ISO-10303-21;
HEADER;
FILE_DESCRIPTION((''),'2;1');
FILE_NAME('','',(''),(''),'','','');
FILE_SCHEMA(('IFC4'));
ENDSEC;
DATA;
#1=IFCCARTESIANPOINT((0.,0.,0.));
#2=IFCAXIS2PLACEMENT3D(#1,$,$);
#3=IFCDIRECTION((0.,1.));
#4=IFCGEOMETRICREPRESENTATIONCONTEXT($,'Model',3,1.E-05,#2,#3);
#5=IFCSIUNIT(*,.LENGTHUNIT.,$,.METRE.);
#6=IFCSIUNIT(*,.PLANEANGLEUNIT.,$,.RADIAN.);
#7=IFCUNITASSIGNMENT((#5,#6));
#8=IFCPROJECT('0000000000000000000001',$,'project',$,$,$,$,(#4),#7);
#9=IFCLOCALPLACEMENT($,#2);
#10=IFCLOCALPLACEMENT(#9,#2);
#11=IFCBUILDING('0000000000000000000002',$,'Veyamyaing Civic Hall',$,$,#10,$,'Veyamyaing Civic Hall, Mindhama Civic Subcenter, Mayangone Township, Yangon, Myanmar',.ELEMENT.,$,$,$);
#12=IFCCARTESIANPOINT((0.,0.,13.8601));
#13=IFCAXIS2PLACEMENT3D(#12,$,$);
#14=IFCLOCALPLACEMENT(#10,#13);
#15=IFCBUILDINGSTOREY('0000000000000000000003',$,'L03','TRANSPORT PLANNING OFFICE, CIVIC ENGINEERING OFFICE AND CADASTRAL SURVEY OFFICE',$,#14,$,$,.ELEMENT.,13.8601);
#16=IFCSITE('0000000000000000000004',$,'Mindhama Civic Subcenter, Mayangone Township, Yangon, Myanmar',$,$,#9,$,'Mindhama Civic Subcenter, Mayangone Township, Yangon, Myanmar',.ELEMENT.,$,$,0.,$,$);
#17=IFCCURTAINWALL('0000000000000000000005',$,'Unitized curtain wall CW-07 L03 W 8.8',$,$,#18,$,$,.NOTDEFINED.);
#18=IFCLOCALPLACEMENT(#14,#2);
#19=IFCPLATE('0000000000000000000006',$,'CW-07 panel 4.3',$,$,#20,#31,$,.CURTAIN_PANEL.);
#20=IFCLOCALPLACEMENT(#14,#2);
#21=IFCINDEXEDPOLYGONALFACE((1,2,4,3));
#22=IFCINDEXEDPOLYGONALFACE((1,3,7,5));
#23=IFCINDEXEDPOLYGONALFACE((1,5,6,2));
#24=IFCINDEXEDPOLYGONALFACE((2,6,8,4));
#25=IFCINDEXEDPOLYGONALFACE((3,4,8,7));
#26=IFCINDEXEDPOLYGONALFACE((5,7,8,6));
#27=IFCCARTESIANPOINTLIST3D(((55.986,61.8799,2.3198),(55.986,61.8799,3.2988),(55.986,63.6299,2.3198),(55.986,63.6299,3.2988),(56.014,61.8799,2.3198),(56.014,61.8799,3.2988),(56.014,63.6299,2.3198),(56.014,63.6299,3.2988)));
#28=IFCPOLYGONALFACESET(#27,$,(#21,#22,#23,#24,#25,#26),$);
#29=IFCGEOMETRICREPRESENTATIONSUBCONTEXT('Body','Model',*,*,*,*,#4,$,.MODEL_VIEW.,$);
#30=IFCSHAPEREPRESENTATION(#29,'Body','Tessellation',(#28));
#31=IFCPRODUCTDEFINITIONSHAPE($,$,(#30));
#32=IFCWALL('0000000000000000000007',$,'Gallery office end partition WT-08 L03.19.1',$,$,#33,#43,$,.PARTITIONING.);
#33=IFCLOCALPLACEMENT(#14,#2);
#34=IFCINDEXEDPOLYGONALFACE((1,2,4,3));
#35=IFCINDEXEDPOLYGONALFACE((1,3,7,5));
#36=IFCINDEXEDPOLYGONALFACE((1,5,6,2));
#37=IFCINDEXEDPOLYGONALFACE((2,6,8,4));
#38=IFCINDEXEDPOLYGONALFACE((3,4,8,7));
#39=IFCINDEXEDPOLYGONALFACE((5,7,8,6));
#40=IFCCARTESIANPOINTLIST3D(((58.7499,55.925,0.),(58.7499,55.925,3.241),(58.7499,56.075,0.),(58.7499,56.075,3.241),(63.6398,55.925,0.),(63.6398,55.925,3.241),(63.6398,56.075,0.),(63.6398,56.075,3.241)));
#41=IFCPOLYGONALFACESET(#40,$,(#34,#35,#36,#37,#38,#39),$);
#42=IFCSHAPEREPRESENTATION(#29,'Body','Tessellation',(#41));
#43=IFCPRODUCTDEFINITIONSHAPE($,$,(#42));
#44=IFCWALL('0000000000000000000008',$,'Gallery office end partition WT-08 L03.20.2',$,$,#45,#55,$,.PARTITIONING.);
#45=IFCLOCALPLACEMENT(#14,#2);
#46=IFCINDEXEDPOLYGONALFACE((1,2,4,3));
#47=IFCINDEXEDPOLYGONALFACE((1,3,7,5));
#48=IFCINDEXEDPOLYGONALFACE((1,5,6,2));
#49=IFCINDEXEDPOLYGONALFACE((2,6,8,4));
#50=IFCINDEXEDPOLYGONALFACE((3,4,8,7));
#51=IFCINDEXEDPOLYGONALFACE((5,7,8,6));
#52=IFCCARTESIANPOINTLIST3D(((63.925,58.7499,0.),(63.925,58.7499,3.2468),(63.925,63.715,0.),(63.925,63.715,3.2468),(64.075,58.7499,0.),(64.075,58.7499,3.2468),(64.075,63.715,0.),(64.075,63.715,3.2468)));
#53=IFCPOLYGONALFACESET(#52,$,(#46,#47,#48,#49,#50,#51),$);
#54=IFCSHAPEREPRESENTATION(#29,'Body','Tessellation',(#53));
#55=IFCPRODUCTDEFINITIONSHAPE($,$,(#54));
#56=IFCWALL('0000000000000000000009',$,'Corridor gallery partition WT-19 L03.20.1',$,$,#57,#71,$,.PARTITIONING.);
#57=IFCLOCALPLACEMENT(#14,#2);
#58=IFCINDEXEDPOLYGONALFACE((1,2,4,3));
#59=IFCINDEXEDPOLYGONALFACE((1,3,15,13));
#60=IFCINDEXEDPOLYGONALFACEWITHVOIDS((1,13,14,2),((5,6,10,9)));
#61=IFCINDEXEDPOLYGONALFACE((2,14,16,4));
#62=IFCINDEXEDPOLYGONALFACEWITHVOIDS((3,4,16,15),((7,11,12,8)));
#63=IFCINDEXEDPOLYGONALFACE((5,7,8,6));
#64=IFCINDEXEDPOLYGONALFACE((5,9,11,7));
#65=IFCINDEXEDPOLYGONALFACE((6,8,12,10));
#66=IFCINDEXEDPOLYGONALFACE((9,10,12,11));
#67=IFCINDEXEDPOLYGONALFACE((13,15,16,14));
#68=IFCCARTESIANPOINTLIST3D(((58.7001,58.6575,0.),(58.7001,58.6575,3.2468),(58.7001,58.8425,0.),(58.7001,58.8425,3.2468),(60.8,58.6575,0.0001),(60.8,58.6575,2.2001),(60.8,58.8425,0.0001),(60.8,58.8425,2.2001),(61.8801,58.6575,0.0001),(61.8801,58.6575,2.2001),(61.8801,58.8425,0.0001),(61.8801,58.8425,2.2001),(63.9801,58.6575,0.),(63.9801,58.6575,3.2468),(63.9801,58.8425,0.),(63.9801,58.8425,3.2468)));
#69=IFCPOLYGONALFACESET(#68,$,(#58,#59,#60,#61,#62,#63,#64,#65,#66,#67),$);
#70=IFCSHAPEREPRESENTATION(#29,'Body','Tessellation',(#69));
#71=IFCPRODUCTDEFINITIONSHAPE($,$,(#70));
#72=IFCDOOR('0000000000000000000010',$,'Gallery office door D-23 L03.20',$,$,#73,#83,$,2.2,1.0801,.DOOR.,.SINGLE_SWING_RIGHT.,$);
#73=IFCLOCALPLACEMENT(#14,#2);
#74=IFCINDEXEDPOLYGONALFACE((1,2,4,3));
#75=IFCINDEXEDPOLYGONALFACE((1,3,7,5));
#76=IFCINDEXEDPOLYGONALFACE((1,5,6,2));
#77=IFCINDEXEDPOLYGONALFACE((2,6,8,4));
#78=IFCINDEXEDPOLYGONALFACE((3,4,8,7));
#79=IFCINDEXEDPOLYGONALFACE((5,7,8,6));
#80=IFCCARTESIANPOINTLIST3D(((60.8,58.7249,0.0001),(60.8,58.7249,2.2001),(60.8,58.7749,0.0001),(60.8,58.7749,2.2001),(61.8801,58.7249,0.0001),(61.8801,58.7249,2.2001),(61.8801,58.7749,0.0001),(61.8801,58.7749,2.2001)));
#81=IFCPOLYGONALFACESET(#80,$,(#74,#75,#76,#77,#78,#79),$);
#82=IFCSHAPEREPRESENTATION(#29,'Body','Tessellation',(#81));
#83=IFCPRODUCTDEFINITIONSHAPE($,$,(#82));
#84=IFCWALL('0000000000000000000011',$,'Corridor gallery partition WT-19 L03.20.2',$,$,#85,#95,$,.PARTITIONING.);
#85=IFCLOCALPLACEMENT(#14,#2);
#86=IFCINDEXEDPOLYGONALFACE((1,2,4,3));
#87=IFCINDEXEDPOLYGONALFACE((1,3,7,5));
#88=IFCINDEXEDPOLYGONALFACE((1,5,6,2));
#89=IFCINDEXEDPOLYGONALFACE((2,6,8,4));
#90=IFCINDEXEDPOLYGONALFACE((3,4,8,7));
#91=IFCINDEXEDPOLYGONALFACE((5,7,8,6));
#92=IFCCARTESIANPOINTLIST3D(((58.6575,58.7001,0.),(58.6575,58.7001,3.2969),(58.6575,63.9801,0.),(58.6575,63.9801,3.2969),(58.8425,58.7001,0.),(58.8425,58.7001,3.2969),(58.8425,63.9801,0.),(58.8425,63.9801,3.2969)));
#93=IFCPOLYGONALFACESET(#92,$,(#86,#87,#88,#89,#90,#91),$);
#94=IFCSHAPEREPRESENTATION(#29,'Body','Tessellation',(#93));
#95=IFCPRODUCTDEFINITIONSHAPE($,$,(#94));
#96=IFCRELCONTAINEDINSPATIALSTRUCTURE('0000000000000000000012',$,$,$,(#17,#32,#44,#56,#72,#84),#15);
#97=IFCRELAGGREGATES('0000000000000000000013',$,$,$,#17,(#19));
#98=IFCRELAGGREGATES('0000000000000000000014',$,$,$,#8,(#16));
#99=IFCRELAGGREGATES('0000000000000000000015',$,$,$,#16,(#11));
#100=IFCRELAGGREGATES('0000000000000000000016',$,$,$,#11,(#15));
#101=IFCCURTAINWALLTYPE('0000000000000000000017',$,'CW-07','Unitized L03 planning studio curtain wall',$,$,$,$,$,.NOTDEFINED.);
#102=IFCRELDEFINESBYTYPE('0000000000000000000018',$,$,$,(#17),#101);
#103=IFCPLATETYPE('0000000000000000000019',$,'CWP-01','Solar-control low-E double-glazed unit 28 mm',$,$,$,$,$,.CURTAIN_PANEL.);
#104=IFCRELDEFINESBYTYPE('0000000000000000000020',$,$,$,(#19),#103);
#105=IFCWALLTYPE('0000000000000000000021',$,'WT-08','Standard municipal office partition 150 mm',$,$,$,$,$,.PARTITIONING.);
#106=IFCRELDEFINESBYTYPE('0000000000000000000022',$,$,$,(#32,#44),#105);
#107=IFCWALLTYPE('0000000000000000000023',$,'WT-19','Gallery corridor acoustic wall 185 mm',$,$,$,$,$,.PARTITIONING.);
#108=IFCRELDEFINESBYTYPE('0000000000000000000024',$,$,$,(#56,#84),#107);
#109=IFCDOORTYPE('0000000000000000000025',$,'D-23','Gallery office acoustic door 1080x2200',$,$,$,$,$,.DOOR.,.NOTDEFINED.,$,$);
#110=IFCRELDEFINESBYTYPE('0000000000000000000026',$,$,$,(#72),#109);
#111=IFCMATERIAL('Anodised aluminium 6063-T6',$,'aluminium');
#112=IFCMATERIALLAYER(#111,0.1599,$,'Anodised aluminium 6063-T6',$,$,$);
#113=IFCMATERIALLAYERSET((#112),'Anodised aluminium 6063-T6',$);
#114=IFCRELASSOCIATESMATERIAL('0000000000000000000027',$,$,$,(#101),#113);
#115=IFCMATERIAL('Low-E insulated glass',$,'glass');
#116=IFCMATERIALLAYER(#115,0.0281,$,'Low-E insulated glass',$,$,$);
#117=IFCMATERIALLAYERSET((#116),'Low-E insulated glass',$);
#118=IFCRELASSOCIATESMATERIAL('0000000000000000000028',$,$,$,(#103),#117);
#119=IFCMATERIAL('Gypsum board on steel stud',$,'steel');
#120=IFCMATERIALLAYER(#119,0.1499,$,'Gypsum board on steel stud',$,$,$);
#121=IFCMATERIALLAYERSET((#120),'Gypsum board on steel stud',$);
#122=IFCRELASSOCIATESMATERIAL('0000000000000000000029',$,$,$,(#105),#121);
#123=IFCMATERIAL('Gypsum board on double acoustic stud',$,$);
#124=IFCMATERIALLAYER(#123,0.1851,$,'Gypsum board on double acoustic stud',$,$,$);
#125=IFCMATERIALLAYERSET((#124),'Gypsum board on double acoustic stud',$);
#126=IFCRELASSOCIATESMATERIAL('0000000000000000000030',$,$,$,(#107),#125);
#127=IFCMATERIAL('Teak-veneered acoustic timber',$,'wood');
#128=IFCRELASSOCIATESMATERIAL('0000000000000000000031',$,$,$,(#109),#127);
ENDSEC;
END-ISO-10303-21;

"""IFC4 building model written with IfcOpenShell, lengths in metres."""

from ifc_helpers import new_model, si_unit, direction, frame, frame_2d, origin, origin_2d, place, context, subcontext, project, spatial, rectangle, extrude, material, layer, layer_set, type_object, element, fill, aggregate, save


model = new_model("IFC4")

# Units and contexts
model_context = context("Model", 3, precision=1e-05, world=origin(), true_north=direction((0.0, 1.0)))
body_context = subcontext(model_context, "Body", "Model", "MODEL_VIEW")
ifc_project = project(units=[si_unit("LENGTHUNIT", "METRE"), si_unit("PLANEANGLEUNIT", "RADIAN")], contexts=[model_context])

# Site, building, storey
site_placement = place(None, origin())
site = spatial("IfcSite", under=ifc_project, at=site_placement, Name="Mindhama Civic Subcenter, Mayangone Township, Yangon, Myanmar", LongName="Mindhama Civic Subcenter, Mayangone Township, Yangon, Myanmar", CompositionType="ELEMENT", RefElevation=0.0)
building_placement = place(site_placement, origin())
building = spatial("IfcBuilding", under=site, at=building_placement, Name="Veyamyaing Civic Hall", LongName="Veyamyaing Civic Hall, Mindhama Civic Subcenter, Mayangone Township, Yangon, Myanmar", CompositionType="ELEMENT")
storey_placement = place(building_placement, frame((0.0, 0.0, 13.8601)))
storey = spatial("IfcBuildingStorey", under=building, at=storey_placement, Name="L03", Description="TRANSPORT PLANNING OFFICE, CIVIC ENGINEERING OFFICE AND CADASTRAL SURVEY OFFICE", CompositionType="ELEMENT", Elevation=13.8601)

# Curtain wall
ifc_material_1 = material(Name="Anodised aluminium 6063-T6", Category="aluminium")
ifc_layer_1 = layer(ifc_material_1, 0.1599, Name="Anodised aluminium 6063-T6")
ifc_layer_set_1 = layer_set([ifc_layer_1], Name="Anodised aluminium 6063-T6")
curtain_wall_type = type_object("IfcCurtainWallType", Name="CW-07", Description="Unitized L03 planning studio curtain wall", PredefinedType="NOTDEFINED", material=ifc_layer_set_1)
curtain_wall_1_placement = place(storey_placement, origin())
curtain_wall_1 = element("IfcCurtainWall", 1, at=curtain_wall_1_placement, inside=storey, type_object=curtain_wall_type, Name="Unitized curtain wall CW-07 L03 W 8.8", PredefinedType="NOTDEFINED")

# Plate
ifc_material_2 = material(Name="Low-E insulated glass", Category="glass")
ifc_layer_2 = layer(ifc_material_2, 0.0281, Name="Low-E insulated glass")
ifc_layer_set_2 = layer_set([ifc_layer_2], Name="Low-E insulated glass")
plate_type = type_object("IfcPlateType", Name="CWP-01", Description="Solar-control low-E double-glazed unit 28 mm", PredefinedType="CURTAIN_PANEL", material=ifc_layer_set_2)
plate_1_placement = place(storey_placement, frame((56.0, 62.7549, 2.3198), z_axis=(0.0, 0.0, 1.0), x_axis=(0.0, 1.0, 0.0)))
plate_1 = element("IfcPlate", 2, at=plate_1_placement, type_object=plate_type, Name="CW-07 panel 4.3", PredefinedType="CURTAIN_PANEL", context=body_context, shape_type="SweptSolid", body=[
    extrude(rectangle(XDim=1.75, YDim=0.0281, at=origin_2d()), origin(), (0.0, 0.0, 1.0), 0.979),
])
aggregate(curtain_wall_1, [plate_1])

# Walls
ifc_material_3 = material(Name="Gypsum board on steel stud", Category="steel")
ifc_layer_3 = layer(ifc_material_3, 0.1499, Name="Gypsum board on steel stud")
ifc_layer_set_3 = layer_set([ifc_layer_3], Name="Gypsum board on steel stud")
wall_type_1 = type_object("IfcWallType", Name="WT-08", Description="Standard municipal office partition 150 mm", PredefinedType="PARTITIONING", material=ifc_layer_set_3)
wall_1_placement = place(storey_placement, frame((58.75, 56.0, 0.0), z_axis=(0.0, 0.0, 1.0), x_axis=(1.0, 0.0, 0.0)))
element("IfcWall", 3, at=wall_1_placement, inside=storey, type_object=wall_type_1, Name="Gallery office end partition WT-08 L03.19.1", PredefinedType="PARTITIONING", context=body_context, shape_type="SweptSolid", body=[
    extrude(rectangle(XDim=4.8899, YDim=0.1499, at=frame_2d((2.4448, 0.0))), origin(), (0.0, 0.0, 1.0), 3.241),
])
wall_2_placement = place(storey_placement, frame((64.0, 58.75, 0.0), z_axis=(0.0, 0.0, 1.0), x_axis=(0.0, 1.0, 0.0)))
element("IfcWall", 4, at=wall_2_placement, inside=storey, type_object=wall_type_1, Name="Gallery office end partition WT-08 L03.20.2", PredefinedType="PARTITIONING", context=body_context, shape_type="SweptSolid", body=[
    extrude(rectangle(XDim=4.9651, YDim=0.1499, at=frame_2d((2.4824, 0.0))), origin(), (0.0, 0.0, 1.0), 3.2468),
])

# Wall, opening, door
ifc_material_4 = material(Name="Gypsum board on double acoustic stud")
ifc_layer_4 = layer(ifc_material_4, 0.1851, Name="Gypsum board on double acoustic stud")
ifc_layer_set_4 = layer_set([ifc_layer_4], Name="Gypsum board on double acoustic stud")
wall_type_2 = type_object("IfcWallType", Name="WT-19", Description="Gallery corridor acoustic wall 185 mm", PredefinedType="PARTITIONING", material=ifc_layer_set_4)
wall_3_placement = place(storey_placement, frame((58.7, 58.75, 0.0), z_axis=(0.0, 0.0, 1.0), x_axis=(1.0, 0.0, 0.0)))
wall_3 = element("IfcWall", 5, at=wall_3_placement, inside=storey, type_object=wall_type_2, Name="Corridor gallery partition WT-19 L03.20.1", PredefinedType="PARTITIONING", context=body_context, shape_type="SweptSolid", body=[
    extrude(rectangle(XDim=5.28, YDim=0.1851, at=frame_2d((2.6401, 0.0))), origin(), (0.0, 0.0, 1.0), 3.2468),
])
opening_placement = place(wall_3_placement, frame((2.1001, 0.0, 0.0)))
opening = element("IfcOpeningElement", 6, at=opening_placement, cuts=wall_3, PredefinedType="OPENING", context=body_context, shape_type="SweptSolid", body=[
    extrude(rectangle(XDim=1.0801, YDim=2.2, at=frame_2d((0.54, 1.1001))), frame((0.0, 0.1025, 0.0), z_axis=(0.0, -1.0, 0.0), x_axis=(1.0, 0.0, 0.0)), (0.0, 0.0, 1.0), 0.2051),
])
ifc_material_5 = material(Name="Teak-veneered acoustic timber", Category="wood")
door_type = type_object("IfcDoorType", Name="D-23", Description="Gallery office acoustic door 1080x2200", OperationType="NOTDEFINED", PredefinedType="DOOR", material=ifc_material_5)
door_placement = place(opening_placement, origin())
door = element("IfcDoor", 7, at=door_placement, inside=storey, type_object=door_type, Name="Gallery office door D-23 L03.20", OperationType="SINGLE_SWING_RIGHT", OverallHeight=2.2, OverallWidth=1.0801, PredefinedType="DOOR", context=body_context, shape_type="SweptSolid", body=[
    extrude(rectangle(XDim=1.0801, YDim=2.2, at=frame_2d((0.54, 1.1001))), frame((0.0, 0.0249, 0.0), z_axis=(0.0, -1.0, 0.0), x_axis=(1.0, 0.0, 0.0)), (0.0, 0.0, 1.0), 0.05),
])
fill(opening, door)

# Wall
wall_4_placement = place(storey_placement, frame((58.75, 58.7, 0.0), z_axis=(0.0, 0.0, 1.0), x_axis=(0.0, 1.0, 0.0)))
element("IfcWall", 8, at=wall_4_placement, inside=storey, type_object=wall_type_2, Name="Corridor gallery partition WT-19 L03.20.2", PredefinedType="PARTITIONING", context=body_context, shape_type="SweptSolid", body=[
    extrude(rectangle(XDim=5.28, YDim=0.1851, at=frame_2d((2.6401, 0.0))), origin(), (0.0, 0.0, 1.0), 3.2969),
])

save(model, "model.ifc")
